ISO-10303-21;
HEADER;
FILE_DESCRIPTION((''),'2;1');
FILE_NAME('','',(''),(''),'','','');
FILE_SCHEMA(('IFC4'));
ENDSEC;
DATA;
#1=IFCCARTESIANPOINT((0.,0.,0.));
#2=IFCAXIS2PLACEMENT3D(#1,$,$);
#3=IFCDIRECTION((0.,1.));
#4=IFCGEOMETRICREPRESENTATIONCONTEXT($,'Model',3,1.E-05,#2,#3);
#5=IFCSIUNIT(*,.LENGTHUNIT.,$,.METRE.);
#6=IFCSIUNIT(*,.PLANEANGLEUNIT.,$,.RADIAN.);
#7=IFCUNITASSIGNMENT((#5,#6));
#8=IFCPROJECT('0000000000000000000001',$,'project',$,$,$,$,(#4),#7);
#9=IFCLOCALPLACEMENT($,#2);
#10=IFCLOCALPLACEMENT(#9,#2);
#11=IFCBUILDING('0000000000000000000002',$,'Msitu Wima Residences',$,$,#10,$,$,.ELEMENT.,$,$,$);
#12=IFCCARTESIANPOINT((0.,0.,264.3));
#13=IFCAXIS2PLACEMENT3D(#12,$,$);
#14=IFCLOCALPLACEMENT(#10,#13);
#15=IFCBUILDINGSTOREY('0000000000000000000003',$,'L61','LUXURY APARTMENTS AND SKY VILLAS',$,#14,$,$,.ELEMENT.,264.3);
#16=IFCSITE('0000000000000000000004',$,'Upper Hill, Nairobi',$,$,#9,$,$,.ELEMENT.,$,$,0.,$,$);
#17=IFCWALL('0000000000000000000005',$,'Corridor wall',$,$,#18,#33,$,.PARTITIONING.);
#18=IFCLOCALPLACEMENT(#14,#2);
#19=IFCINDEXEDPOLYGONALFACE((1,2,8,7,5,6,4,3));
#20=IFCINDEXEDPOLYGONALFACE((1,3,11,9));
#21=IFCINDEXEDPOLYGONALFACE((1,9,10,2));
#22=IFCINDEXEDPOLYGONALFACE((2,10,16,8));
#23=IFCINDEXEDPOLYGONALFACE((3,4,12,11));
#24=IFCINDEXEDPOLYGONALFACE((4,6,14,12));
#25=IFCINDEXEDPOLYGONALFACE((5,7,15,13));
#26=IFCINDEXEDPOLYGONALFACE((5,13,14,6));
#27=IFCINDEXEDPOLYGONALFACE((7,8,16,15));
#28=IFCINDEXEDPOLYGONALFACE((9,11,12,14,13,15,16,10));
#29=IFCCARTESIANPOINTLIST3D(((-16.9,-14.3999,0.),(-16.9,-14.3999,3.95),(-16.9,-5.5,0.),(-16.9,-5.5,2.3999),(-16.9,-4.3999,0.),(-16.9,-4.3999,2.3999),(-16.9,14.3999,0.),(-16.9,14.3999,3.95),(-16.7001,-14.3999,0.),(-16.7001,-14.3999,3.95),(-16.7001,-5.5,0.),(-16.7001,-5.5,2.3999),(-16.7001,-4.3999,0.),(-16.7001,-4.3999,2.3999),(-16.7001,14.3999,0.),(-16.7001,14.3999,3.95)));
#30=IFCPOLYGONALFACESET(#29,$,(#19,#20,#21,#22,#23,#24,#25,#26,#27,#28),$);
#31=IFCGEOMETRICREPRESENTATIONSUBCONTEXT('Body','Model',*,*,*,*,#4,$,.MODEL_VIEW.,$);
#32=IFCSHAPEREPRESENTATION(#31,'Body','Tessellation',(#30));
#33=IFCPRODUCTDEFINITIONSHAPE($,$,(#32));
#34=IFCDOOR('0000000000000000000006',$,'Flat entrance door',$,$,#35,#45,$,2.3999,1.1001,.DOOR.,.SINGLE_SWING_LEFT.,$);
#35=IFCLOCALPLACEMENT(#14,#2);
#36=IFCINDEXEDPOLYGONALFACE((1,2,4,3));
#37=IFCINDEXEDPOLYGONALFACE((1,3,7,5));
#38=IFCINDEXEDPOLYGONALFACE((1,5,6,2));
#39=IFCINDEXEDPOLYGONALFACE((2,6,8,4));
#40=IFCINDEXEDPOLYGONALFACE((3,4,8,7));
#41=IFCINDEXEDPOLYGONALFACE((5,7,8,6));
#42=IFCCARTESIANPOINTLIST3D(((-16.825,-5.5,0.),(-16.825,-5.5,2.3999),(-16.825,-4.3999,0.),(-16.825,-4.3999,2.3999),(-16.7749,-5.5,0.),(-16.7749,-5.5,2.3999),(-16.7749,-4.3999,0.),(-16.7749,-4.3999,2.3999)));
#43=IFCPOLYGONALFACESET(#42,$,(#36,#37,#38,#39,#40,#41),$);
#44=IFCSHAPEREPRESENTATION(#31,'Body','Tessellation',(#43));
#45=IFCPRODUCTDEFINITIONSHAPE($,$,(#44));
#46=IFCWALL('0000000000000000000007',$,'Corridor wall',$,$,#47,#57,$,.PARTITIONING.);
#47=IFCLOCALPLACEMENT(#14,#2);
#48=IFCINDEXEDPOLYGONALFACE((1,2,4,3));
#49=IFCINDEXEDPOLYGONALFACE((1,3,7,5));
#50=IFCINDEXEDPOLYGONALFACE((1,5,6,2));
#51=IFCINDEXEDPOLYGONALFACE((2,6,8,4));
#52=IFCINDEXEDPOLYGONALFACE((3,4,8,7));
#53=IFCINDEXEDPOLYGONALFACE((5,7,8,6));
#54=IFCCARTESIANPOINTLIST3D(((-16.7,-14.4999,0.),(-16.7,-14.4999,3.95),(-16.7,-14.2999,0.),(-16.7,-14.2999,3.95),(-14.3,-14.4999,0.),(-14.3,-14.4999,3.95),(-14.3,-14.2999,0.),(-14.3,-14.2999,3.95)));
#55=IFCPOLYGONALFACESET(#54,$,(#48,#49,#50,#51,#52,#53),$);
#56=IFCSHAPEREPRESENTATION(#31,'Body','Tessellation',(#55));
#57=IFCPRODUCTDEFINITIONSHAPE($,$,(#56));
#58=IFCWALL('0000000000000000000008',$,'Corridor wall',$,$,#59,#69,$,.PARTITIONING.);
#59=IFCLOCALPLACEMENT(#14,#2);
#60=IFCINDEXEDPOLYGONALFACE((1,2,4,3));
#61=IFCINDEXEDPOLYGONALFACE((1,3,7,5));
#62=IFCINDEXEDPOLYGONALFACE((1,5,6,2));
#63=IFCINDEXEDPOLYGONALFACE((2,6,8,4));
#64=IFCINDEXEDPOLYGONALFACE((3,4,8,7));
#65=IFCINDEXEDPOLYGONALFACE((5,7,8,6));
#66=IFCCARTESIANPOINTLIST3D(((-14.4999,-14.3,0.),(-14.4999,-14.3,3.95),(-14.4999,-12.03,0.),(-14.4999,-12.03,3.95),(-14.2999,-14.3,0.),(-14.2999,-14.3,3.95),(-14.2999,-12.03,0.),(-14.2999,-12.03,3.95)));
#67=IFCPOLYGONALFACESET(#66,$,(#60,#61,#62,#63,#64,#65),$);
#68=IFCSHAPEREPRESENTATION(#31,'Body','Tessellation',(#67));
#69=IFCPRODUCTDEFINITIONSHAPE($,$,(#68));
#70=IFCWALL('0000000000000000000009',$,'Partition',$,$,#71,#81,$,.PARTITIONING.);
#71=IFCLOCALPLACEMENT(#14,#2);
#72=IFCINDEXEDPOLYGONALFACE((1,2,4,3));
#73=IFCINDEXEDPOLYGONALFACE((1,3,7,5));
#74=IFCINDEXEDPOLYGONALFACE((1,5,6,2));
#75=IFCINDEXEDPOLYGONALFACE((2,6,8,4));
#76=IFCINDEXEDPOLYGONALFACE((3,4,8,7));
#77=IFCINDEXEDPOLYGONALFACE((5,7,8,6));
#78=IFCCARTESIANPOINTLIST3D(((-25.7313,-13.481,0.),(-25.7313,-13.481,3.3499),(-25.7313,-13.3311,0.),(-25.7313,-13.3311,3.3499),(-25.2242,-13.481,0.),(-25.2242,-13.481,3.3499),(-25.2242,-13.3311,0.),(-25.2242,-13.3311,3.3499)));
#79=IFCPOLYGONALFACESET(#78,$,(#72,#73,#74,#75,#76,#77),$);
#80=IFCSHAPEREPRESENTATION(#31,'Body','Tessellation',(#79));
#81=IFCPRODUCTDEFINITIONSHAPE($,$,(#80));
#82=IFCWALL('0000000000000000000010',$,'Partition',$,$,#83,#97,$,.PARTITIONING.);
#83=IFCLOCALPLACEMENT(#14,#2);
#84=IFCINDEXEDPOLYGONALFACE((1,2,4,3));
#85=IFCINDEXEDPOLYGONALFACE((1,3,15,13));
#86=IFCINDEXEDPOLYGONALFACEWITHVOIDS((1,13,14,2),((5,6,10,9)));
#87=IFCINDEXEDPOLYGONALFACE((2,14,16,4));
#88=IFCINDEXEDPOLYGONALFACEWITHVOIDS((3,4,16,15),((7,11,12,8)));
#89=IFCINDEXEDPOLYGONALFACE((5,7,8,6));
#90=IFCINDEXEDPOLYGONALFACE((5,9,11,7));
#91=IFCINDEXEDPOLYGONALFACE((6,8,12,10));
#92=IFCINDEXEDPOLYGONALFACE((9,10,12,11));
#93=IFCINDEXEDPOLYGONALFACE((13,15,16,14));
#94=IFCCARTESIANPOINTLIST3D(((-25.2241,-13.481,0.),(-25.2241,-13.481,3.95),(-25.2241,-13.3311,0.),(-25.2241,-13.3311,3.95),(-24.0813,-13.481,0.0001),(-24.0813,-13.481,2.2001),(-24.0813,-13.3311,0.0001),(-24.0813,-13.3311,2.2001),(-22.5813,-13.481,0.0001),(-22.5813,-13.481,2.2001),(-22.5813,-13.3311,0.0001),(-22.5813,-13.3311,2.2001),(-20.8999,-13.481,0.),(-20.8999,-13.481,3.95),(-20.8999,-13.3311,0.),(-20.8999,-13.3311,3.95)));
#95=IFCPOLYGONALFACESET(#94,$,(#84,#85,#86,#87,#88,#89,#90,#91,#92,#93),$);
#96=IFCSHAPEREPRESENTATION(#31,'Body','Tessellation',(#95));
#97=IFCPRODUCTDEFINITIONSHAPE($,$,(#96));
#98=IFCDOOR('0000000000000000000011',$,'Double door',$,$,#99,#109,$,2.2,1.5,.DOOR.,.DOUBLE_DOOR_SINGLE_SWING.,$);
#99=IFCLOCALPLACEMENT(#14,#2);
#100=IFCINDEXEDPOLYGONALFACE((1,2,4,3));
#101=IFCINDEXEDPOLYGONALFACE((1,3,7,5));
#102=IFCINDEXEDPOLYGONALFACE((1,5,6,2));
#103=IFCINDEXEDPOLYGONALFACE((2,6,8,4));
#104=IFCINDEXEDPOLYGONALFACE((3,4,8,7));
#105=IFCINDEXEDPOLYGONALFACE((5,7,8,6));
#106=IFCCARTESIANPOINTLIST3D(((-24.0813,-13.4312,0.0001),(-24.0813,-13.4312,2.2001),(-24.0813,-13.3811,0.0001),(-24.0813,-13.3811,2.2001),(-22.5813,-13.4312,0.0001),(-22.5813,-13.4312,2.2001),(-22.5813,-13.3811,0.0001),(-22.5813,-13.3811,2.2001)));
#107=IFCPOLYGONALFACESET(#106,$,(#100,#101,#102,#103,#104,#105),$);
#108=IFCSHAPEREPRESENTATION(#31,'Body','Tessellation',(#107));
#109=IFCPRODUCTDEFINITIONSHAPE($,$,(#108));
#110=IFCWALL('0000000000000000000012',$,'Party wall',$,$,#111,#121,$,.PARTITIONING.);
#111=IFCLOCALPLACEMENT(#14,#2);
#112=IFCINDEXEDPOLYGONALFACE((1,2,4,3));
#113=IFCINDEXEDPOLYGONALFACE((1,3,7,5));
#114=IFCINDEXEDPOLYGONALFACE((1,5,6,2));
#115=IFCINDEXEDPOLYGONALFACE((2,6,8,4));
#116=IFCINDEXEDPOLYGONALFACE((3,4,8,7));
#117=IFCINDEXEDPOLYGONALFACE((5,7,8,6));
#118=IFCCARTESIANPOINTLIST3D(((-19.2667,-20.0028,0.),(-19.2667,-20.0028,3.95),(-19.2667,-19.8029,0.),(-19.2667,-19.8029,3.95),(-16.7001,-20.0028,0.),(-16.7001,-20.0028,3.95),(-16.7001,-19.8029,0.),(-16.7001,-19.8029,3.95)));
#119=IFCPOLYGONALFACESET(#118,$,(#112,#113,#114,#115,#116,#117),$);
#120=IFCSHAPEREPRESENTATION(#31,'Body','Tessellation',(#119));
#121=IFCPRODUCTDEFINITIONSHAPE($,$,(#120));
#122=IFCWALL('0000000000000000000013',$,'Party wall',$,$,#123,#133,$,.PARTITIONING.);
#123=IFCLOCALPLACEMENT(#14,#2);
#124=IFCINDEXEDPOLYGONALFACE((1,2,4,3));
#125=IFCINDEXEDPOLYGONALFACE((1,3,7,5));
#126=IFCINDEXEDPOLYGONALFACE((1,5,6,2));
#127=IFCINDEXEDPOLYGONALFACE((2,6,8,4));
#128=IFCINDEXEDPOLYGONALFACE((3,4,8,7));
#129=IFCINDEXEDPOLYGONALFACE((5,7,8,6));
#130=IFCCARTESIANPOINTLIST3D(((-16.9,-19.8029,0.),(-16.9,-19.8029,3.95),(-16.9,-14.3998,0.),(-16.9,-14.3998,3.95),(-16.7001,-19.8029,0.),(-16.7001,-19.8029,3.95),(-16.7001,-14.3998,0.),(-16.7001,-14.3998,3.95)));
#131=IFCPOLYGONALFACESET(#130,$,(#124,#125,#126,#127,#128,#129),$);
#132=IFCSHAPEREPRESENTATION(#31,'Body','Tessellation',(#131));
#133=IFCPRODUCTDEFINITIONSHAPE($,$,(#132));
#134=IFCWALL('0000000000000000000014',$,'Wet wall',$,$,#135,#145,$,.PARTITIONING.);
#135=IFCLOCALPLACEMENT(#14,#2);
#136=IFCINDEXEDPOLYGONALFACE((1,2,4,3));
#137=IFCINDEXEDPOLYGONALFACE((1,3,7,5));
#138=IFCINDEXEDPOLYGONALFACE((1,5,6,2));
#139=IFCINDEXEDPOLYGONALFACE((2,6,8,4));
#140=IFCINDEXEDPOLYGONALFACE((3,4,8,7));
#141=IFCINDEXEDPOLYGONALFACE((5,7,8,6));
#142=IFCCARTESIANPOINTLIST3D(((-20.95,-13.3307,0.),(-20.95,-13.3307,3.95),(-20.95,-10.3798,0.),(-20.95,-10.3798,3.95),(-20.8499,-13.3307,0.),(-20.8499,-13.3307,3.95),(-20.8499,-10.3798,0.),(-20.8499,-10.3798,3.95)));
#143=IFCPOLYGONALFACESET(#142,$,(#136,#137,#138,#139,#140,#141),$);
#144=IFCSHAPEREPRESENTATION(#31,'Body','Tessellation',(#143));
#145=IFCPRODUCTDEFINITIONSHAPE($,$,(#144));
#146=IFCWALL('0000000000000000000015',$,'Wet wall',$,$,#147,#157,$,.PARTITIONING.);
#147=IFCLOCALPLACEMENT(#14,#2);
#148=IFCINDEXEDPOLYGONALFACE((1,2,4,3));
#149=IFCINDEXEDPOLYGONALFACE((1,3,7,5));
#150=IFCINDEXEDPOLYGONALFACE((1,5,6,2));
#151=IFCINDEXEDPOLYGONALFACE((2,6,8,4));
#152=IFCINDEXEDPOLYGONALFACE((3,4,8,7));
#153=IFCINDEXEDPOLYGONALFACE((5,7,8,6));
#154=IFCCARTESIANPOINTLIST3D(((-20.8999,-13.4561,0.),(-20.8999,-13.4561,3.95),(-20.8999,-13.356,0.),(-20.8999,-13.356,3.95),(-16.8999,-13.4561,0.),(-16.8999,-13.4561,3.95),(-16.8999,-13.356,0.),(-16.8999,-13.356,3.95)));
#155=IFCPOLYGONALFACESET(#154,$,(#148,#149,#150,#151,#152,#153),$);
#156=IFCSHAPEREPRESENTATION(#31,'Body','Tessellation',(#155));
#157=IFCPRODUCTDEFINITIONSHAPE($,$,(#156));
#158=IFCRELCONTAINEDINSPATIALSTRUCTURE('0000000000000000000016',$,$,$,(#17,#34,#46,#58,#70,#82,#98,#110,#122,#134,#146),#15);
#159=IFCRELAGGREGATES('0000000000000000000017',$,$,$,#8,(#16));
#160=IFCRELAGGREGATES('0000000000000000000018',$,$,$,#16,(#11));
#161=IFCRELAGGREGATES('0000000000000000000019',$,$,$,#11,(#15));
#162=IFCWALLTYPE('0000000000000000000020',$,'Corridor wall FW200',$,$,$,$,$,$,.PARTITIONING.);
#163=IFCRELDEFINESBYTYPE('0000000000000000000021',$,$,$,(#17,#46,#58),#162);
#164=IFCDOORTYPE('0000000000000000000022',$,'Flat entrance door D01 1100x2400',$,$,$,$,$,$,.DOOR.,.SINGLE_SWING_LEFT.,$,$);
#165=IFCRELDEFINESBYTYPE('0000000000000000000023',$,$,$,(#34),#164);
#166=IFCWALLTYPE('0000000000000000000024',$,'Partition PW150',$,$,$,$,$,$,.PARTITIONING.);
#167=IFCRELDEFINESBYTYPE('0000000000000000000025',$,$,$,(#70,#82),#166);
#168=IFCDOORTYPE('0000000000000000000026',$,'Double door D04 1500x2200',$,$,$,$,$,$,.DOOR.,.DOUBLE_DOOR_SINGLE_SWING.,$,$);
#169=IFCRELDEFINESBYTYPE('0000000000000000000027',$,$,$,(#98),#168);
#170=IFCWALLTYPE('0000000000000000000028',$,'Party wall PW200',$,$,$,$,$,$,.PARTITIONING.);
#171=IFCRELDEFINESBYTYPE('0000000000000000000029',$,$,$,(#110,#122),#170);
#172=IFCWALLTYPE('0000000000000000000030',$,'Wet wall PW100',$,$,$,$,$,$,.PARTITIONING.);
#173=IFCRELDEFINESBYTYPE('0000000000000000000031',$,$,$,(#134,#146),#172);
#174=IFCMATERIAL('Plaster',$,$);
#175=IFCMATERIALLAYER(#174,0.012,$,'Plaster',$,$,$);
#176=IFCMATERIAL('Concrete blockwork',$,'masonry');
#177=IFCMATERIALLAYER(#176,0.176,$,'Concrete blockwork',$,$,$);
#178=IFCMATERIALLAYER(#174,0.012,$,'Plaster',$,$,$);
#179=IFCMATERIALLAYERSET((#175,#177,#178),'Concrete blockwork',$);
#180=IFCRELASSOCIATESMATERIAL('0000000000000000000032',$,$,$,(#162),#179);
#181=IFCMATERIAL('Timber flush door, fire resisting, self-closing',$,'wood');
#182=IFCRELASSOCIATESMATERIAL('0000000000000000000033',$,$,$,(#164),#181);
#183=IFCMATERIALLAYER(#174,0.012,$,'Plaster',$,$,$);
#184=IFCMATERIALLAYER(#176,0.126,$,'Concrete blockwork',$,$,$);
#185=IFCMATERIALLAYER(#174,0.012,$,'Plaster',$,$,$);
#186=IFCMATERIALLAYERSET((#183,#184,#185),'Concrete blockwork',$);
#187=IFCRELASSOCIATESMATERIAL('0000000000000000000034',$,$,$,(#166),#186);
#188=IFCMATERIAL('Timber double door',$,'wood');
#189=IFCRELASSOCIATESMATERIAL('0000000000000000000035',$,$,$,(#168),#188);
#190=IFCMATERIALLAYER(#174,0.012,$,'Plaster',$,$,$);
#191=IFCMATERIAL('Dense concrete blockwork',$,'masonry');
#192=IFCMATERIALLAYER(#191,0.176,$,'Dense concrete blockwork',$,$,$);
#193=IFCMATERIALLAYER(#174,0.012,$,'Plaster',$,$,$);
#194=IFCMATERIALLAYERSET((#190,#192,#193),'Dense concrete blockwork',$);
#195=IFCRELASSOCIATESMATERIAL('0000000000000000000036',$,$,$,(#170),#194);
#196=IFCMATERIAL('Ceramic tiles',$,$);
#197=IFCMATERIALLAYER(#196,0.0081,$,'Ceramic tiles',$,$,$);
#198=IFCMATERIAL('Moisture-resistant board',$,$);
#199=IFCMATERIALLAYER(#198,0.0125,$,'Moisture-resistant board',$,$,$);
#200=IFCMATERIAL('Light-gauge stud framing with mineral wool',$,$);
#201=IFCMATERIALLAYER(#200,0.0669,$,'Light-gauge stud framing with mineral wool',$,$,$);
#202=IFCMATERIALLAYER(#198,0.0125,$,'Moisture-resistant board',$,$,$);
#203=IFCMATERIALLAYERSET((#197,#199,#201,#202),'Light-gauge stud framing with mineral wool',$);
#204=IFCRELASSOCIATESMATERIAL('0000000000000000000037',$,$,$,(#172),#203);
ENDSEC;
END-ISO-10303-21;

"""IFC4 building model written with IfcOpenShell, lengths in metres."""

from ifc_helpers import new_model, si_unit, direction, frame, frame_2d, origin, place, context, subcontext, project, spatial, rectangle, extrude, material, layer, layer_set, type_object, element, fill, save


model = new_model("IFC4")

# Units and contexts
model_context = context("Model", 3, precision=1e-05, world=origin(), true_north=direction((0.0, 1.0)))
body_context = subcontext(model_context, "Body", "Model", "MODEL_VIEW")
ifc_project = project(units=[si_unit("LENGTHUNIT", "METRE"), si_unit("PLANEANGLEUNIT", "RADIAN")], contexts=[model_context])

# Site, building, storey
site_placement = place(None, origin())
site = spatial("IfcSite", under=ifc_project, at=site_placement, Name="Upper Hill, Nairobi", CompositionType="ELEMENT", RefElevation=0.0)
building_placement = place(site_placement, origin())
building = spatial("IfcBuilding", under=site, at=building_placement, Name="Msitu Wima Residences", CompositionType="ELEMENT")
storey_placement = place(building_placement, frame((0.0, 0.0, 264.3)))
storey = spatial("IfcBuildingStorey", under=building, at=storey_placement, Name="L61", Description="LUXURY APARTMENTS AND SKY VILLAS", CompositionType="ELEMENT", Elevation=264.3)

# Wall, opening, door
ifc_material_1 = material(Name="Plaster")
ifc_layer_1 = layer(ifc_material_1, 0.012, Name="Plaster")
ifc_material_2 = material(Name="Concrete blockwork", Category="masonry")
ifc_layer_2 = layer(ifc_material_2, 0.176, Name="Concrete blockwork")
ifc_layer_3 = layer(ifc_material_1, 0.012, Name="Plaster")
ifc_layer_set_1 = layer_set([ifc_layer_1, ifc_layer_2, ifc_layer_3], Name="Concrete blockwork")
wall_type_1 = type_object("IfcWallType", Name="Corridor wall FW200", PredefinedType="PARTITIONING", material=ifc_layer_set_1)
wall_1_placement = place(storey_placement, frame((-16.8, -14.3999, 0.0), z_axis=(0.0, 0.0, 1.0), x_axis=(0.0, 1.0, 0.0)))
wall_1 = element("IfcWall", 1, at=wall_1_placement, inside=storey, type_object=wall_type_1, Name="Corridor wall", PredefinedType="PARTITIONING", context=body_context, shape_type="SweptSolid", body=[
    extrude(rectangle(XDim=28.7998, YDim=0.2, at=frame_2d((14.3999, 0.0))), origin(), (0.0, 0.0, 1.0), 3.95),
])
opening_1_placement = place(wall_1_placement, frame((8.8999, 0.0, 0.0)))
opening_1 = element("IfcOpeningElement", 2, at=opening_1_placement, cuts=wall_1, PredefinedType="OPENING", context=body_context, shape_type="SweptSolid", body=[
    extrude(rectangle(XDim=1.1001, YDim=2.3999, at=frame_2d((0.55, 1.2))), frame((0.0, 0.1099, 0.0), z_axis=(0.0, -1.0, 0.0), x_axis=(1.0, 0.0, 0.0)), (0.0, 0.0, 1.0), 0.22),
])
ifc_material_3 = material(Name="Timber flush door, fire resisting, self-closing", Category="wood")
door_type_1 = type_object("IfcDoorType", Name="Flat entrance door D01 1100x2400", OperationType="SINGLE_SWING_LEFT", PredefinedType="DOOR", material=ifc_material_3)
door_1_placement = place(opening_1_placement, origin())
door_1 = element("IfcDoor", 3, at=door_1_placement, inside=storey, type_object=door_type_1, Name="Flat entrance door", OperationType="SINGLE_SWING_LEFT", OverallHeight=2.3999, OverallWidth=1.1001, PredefinedType="DOOR", context=body_context, shape_type="SweptSolid", body=[
    extrude(rectangle(XDim=1.1001, YDim=2.3999, at=frame_2d((0.55, 1.2))), frame((0.0, 0.0249, 0.0), z_axis=(0.0, -1.0, 0.0), x_axis=(1.0, 0.0, 0.0)), (0.0, 0.0, 1.0), 0.05),
])
fill(opening_1, door_1)

# Walls
wall_2_placement = place(storey_placement, frame((-16.7, -14.3999, 0.0), z_axis=(0.0, 0.0, 1.0), x_axis=(1.0, 0.0, 0.0)))
element("IfcWall", 4, at=wall_2_placement, inside=storey, type_object=wall_type_1, Name="Corridor wall", PredefinedType="PARTITIONING", context=body_context, shape_type="SweptSolid", body=[
    extrude(rectangle(XDim=2.3999, YDim=0.2, at=frame_2d((1.2, 0.0))), origin(), (0.0, 0.0, 1.0), 3.95),
])
wall_3_placement = place(storey_placement, frame((-14.3999, -14.3, 0.0), z_axis=(0.0, 0.0, 1.0), x_axis=(0.0, 1.0, 0.0)))
element("IfcWall", 5, at=wall_3_placement, inside=storey, type_object=wall_type_1, Name="Corridor wall", PredefinedType="PARTITIONING", context=body_context, shape_type="SweptSolid", body=[
    extrude(rectangle(XDim=2.27, YDim=0.2, at=frame_2d((1.135, 0.0))), origin(), (0.0, 0.0, 1.0), 3.95),
])
ifc_layer_4 = layer(ifc_material_1, 0.012, Name="Plaster")
ifc_layer_5 = layer(ifc_material_2, 0.126, Name="Concrete blockwork")
ifc_layer_6 = layer(ifc_material_1, 0.012, Name="Plaster")
ifc_layer_set_2 = layer_set([ifc_layer_4, ifc_layer_5, ifc_layer_6], Name="Concrete blockwork")
wall_type_2 = type_object("IfcWallType", Name="Partition PW150", PredefinedType="PARTITIONING", material=ifc_layer_set_2)
wall_4_placement = place(storey_placement, frame((-25.7312, -13.406, 0.0), z_axis=(0.0, 0.0, 1.0), x_axis=(1.0, 0.0, 0.0)))
element("IfcWall", 6, at=wall_4_placement, inside=storey, type_object=wall_type_2, Name="Partition", PredefinedType="PARTITIONING", context=body_context, shape_type="SweptSolid", body=[
    extrude(rectangle(XDim=0.5071, YDim=0.1499, at=frame_2d((0.2534, 0.0))), origin(), (0.0, 0.0, 1.0), 3.3499),
])

# Wall, opening, door
wall_5_placement = place(storey_placement, frame((-25.2241, -13.406, 0.0), z_axis=(0.0, 0.0, 1.0), x_axis=(1.0, 0.0, 0.0)))
wall_5 = element("IfcWall", 7, at=wall_5_placement, inside=storey, type_object=wall_type_2, Name="Partition", PredefinedType="PARTITIONING", context=body_context, shape_type="SweptSolid", body=[
    extrude(rectangle(XDim=4.3242, YDim=0.1499, at=frame_2d((2.1621, 0.0))), origin(), (0.0, 0.0, 1.0), 3.95),
])
opening_2_placement = place(wall_5_placement, frame((1.1428, 0.0, 0.0)))
opening_2 = element("IfcOpeningElement", 8, at=opening_2_placement, cuts=wall_5, PredefinedType="OPENING", context=body_context, shape_type="SweptSolid", body=[
    extrude(rectangle(XDim=1.5, YDim=2.2, at=frame_2d((0.75, 1.1001))), frame((0.0, 0.085, 0.0), z_axis=(0.0, -1.0, 0.0), x_axis=(1.0, 0.0, 0.0)), (0.0, 0.0, 1.0), 0.1699),
])
ifc_material_4 = material(Name="Timber double door", Category="wood")
door_type_2 = type_object("IfcDoorType", Name="Double door D04 1500x2200", OperationType="DOUBLE_DOOR_SINGLE_SWING", PredefinedType="DOOR", material=ifc_material_4)
door_2_placement = place(opening_2_placement, origin())
door_2 = element("IfcDoor", 9, at=door_2_placement, inside=storey, type_object=door_type_2, Name="Double door", OperationType="DOUBLE_DOOR_SINGLE_SWING", OverallHeight=2.2, OverallWidth=1.5, PredefinedType="DOOR", context=body_context, shape_type="SweptSolid", body=[
    extrude(rectangle(XDim=1.5, YDim=2.2, at=frame_2d((0.75, 1.1001))), frame((0.0, 0.0249, 0.0), z_axis=(0.0, -1.0, 0.0), x_axis=(1.0, 0.0, 0.0)), (0.0, 0.0, 1.0), 0.05),
])
fill(opening_2, door_2)

# Walls
ifc_layer_7 = layer(ifc_material_1, 0.012, Name="Plaster")
ifc_material_5 = material(Name="Dense concrete blockwork", Category="masonry")
ifc_layer_8 = layer(ifc_material_5, 0.176, Name="Dense concrete blockwork")
ifc_layer_9 = layer(ifc_material_1, 0.012, Name="Plaster")
ifc_layer_set_3 = layer_set([ifc_layer_7, ifc_layer_8, ifc_layer_9], Name="Dense concrete blockwork")
wall_type_3 = type_object("IfcWallType", Name="Party wall PW200", PredefinedType="PARTITIONING", material=ifc_layer_set_3)
wall_6_placement = place(storey_placement, frame((-19.2666, -19.9028, 0.0), z_axis=(0.0, 0.0, 1.0), x_axis=(1.0, 0.0, 0.0)))
element("IfcWall", 10, at=wall_6_placement, inside=storey, type_object=wall_type_3, Name="Party wall", PredefinedType="PARTITIONING", context=body_context, shape_type="SweptSolid", body=[
    extrude(rectangle(XDim=2.5667, YDim=0.2, at=frame_2d((1.2832, 0.0))), origin(), (0.0, 0.0, 1.0), 3.95),
])
wall_7_placement = place(storey_placement, frame((-16.8, -19.803, 0.0), z_axis=(0.0, 0.0, 1.0), x_axis=(0.0, 1.0, 0.0)))
element("IfcWall", 11, at=wall_7_placement, inside=storey, type_object=wall_type_3, Name="Party wall", PredefinedType="PARTITIONING", context=body_context, shape_type="SweptSolid", body=[
    extrude(rectangle(XDim=5.4031, YDim=0.2, at=frame_2d((2.7017, 0.0))), origin(), (0.0, 0.0, 1.0), 3.95),
])
ifc_material_6 = material(Name="Ceramic tiles")
ifc_layer_10 = layer(ifc_material_6, 0.0081, Name="Ceramic tiles")
ifc_material_7 = material(Name="Moisture-resistant board")
ifc_layer_11 = layer(ifc_material_7, 0.0125, Name="Moisture-resistant board")
ifc_material_8 = material(Name="Light-gauge stud framing with mineral wool")
ifc_layer_12 = layer(ifc_material_8, 0.0669, Name="Light-gauge stud framing with mineral wool")
ifc_layer_13 = layer(ifc_material_7, 0.0125, Name="Moisture-resistant board")
ifc_layer_set_4 = layer_set([ifc_layer_10, ifc_layer_11, ifc_layer_12, ifc_layer_13], Name="Light-gauge stud framing with mineral wool")
wall_type_4 = type_object("IfcWallType", Name="Wet wall PW100", PredefinedType="PARTITIONING", material=ifc_layer_set_4)
wall_8_placement = place(storey_placement, frame((-20.8999, -13.3308, 0.0), z_axis=(0.0, 0.0, 1.0), x_axis=(0.0, 1.0, 0.0)))
element("IfcWall", 12, at=wall_8_placement, inside=storey, type_object=wall_type_4, Name="Wet wall", PredefinedType="PARTITIONING", context=body_context, shape_type="SweptSolid", body=[
    extrude(rectangle(XDim=2.9509, YDim=0.1001, at=frame_2d((1.4756, 0.0))), origin(), (0.0, 0.0, 1.0), 3.95),
])
wall_9_placement = place(storey_placement, frame((-20.8999, -13.406, 0.0), z_axis=(0.0, 0.0, 1.0), x_axis=(1.0, 0.0, 0.0)))
element("IfcWall", 13, at=wall_9_placement, inside=storey, type_object=wall_type_4, Name="Wet wall", PredefinedType="PARTITIONING", context=body_context, shape_type="SweptSolid", body=[
    extrude(rectangle(XDim=4.0, YDim=0.1001, at=frame_2d((2.0, 0.0))), origin(), (0.0, 0.0, 1.0), 3.95),
])

save(model, "model.ifc")
